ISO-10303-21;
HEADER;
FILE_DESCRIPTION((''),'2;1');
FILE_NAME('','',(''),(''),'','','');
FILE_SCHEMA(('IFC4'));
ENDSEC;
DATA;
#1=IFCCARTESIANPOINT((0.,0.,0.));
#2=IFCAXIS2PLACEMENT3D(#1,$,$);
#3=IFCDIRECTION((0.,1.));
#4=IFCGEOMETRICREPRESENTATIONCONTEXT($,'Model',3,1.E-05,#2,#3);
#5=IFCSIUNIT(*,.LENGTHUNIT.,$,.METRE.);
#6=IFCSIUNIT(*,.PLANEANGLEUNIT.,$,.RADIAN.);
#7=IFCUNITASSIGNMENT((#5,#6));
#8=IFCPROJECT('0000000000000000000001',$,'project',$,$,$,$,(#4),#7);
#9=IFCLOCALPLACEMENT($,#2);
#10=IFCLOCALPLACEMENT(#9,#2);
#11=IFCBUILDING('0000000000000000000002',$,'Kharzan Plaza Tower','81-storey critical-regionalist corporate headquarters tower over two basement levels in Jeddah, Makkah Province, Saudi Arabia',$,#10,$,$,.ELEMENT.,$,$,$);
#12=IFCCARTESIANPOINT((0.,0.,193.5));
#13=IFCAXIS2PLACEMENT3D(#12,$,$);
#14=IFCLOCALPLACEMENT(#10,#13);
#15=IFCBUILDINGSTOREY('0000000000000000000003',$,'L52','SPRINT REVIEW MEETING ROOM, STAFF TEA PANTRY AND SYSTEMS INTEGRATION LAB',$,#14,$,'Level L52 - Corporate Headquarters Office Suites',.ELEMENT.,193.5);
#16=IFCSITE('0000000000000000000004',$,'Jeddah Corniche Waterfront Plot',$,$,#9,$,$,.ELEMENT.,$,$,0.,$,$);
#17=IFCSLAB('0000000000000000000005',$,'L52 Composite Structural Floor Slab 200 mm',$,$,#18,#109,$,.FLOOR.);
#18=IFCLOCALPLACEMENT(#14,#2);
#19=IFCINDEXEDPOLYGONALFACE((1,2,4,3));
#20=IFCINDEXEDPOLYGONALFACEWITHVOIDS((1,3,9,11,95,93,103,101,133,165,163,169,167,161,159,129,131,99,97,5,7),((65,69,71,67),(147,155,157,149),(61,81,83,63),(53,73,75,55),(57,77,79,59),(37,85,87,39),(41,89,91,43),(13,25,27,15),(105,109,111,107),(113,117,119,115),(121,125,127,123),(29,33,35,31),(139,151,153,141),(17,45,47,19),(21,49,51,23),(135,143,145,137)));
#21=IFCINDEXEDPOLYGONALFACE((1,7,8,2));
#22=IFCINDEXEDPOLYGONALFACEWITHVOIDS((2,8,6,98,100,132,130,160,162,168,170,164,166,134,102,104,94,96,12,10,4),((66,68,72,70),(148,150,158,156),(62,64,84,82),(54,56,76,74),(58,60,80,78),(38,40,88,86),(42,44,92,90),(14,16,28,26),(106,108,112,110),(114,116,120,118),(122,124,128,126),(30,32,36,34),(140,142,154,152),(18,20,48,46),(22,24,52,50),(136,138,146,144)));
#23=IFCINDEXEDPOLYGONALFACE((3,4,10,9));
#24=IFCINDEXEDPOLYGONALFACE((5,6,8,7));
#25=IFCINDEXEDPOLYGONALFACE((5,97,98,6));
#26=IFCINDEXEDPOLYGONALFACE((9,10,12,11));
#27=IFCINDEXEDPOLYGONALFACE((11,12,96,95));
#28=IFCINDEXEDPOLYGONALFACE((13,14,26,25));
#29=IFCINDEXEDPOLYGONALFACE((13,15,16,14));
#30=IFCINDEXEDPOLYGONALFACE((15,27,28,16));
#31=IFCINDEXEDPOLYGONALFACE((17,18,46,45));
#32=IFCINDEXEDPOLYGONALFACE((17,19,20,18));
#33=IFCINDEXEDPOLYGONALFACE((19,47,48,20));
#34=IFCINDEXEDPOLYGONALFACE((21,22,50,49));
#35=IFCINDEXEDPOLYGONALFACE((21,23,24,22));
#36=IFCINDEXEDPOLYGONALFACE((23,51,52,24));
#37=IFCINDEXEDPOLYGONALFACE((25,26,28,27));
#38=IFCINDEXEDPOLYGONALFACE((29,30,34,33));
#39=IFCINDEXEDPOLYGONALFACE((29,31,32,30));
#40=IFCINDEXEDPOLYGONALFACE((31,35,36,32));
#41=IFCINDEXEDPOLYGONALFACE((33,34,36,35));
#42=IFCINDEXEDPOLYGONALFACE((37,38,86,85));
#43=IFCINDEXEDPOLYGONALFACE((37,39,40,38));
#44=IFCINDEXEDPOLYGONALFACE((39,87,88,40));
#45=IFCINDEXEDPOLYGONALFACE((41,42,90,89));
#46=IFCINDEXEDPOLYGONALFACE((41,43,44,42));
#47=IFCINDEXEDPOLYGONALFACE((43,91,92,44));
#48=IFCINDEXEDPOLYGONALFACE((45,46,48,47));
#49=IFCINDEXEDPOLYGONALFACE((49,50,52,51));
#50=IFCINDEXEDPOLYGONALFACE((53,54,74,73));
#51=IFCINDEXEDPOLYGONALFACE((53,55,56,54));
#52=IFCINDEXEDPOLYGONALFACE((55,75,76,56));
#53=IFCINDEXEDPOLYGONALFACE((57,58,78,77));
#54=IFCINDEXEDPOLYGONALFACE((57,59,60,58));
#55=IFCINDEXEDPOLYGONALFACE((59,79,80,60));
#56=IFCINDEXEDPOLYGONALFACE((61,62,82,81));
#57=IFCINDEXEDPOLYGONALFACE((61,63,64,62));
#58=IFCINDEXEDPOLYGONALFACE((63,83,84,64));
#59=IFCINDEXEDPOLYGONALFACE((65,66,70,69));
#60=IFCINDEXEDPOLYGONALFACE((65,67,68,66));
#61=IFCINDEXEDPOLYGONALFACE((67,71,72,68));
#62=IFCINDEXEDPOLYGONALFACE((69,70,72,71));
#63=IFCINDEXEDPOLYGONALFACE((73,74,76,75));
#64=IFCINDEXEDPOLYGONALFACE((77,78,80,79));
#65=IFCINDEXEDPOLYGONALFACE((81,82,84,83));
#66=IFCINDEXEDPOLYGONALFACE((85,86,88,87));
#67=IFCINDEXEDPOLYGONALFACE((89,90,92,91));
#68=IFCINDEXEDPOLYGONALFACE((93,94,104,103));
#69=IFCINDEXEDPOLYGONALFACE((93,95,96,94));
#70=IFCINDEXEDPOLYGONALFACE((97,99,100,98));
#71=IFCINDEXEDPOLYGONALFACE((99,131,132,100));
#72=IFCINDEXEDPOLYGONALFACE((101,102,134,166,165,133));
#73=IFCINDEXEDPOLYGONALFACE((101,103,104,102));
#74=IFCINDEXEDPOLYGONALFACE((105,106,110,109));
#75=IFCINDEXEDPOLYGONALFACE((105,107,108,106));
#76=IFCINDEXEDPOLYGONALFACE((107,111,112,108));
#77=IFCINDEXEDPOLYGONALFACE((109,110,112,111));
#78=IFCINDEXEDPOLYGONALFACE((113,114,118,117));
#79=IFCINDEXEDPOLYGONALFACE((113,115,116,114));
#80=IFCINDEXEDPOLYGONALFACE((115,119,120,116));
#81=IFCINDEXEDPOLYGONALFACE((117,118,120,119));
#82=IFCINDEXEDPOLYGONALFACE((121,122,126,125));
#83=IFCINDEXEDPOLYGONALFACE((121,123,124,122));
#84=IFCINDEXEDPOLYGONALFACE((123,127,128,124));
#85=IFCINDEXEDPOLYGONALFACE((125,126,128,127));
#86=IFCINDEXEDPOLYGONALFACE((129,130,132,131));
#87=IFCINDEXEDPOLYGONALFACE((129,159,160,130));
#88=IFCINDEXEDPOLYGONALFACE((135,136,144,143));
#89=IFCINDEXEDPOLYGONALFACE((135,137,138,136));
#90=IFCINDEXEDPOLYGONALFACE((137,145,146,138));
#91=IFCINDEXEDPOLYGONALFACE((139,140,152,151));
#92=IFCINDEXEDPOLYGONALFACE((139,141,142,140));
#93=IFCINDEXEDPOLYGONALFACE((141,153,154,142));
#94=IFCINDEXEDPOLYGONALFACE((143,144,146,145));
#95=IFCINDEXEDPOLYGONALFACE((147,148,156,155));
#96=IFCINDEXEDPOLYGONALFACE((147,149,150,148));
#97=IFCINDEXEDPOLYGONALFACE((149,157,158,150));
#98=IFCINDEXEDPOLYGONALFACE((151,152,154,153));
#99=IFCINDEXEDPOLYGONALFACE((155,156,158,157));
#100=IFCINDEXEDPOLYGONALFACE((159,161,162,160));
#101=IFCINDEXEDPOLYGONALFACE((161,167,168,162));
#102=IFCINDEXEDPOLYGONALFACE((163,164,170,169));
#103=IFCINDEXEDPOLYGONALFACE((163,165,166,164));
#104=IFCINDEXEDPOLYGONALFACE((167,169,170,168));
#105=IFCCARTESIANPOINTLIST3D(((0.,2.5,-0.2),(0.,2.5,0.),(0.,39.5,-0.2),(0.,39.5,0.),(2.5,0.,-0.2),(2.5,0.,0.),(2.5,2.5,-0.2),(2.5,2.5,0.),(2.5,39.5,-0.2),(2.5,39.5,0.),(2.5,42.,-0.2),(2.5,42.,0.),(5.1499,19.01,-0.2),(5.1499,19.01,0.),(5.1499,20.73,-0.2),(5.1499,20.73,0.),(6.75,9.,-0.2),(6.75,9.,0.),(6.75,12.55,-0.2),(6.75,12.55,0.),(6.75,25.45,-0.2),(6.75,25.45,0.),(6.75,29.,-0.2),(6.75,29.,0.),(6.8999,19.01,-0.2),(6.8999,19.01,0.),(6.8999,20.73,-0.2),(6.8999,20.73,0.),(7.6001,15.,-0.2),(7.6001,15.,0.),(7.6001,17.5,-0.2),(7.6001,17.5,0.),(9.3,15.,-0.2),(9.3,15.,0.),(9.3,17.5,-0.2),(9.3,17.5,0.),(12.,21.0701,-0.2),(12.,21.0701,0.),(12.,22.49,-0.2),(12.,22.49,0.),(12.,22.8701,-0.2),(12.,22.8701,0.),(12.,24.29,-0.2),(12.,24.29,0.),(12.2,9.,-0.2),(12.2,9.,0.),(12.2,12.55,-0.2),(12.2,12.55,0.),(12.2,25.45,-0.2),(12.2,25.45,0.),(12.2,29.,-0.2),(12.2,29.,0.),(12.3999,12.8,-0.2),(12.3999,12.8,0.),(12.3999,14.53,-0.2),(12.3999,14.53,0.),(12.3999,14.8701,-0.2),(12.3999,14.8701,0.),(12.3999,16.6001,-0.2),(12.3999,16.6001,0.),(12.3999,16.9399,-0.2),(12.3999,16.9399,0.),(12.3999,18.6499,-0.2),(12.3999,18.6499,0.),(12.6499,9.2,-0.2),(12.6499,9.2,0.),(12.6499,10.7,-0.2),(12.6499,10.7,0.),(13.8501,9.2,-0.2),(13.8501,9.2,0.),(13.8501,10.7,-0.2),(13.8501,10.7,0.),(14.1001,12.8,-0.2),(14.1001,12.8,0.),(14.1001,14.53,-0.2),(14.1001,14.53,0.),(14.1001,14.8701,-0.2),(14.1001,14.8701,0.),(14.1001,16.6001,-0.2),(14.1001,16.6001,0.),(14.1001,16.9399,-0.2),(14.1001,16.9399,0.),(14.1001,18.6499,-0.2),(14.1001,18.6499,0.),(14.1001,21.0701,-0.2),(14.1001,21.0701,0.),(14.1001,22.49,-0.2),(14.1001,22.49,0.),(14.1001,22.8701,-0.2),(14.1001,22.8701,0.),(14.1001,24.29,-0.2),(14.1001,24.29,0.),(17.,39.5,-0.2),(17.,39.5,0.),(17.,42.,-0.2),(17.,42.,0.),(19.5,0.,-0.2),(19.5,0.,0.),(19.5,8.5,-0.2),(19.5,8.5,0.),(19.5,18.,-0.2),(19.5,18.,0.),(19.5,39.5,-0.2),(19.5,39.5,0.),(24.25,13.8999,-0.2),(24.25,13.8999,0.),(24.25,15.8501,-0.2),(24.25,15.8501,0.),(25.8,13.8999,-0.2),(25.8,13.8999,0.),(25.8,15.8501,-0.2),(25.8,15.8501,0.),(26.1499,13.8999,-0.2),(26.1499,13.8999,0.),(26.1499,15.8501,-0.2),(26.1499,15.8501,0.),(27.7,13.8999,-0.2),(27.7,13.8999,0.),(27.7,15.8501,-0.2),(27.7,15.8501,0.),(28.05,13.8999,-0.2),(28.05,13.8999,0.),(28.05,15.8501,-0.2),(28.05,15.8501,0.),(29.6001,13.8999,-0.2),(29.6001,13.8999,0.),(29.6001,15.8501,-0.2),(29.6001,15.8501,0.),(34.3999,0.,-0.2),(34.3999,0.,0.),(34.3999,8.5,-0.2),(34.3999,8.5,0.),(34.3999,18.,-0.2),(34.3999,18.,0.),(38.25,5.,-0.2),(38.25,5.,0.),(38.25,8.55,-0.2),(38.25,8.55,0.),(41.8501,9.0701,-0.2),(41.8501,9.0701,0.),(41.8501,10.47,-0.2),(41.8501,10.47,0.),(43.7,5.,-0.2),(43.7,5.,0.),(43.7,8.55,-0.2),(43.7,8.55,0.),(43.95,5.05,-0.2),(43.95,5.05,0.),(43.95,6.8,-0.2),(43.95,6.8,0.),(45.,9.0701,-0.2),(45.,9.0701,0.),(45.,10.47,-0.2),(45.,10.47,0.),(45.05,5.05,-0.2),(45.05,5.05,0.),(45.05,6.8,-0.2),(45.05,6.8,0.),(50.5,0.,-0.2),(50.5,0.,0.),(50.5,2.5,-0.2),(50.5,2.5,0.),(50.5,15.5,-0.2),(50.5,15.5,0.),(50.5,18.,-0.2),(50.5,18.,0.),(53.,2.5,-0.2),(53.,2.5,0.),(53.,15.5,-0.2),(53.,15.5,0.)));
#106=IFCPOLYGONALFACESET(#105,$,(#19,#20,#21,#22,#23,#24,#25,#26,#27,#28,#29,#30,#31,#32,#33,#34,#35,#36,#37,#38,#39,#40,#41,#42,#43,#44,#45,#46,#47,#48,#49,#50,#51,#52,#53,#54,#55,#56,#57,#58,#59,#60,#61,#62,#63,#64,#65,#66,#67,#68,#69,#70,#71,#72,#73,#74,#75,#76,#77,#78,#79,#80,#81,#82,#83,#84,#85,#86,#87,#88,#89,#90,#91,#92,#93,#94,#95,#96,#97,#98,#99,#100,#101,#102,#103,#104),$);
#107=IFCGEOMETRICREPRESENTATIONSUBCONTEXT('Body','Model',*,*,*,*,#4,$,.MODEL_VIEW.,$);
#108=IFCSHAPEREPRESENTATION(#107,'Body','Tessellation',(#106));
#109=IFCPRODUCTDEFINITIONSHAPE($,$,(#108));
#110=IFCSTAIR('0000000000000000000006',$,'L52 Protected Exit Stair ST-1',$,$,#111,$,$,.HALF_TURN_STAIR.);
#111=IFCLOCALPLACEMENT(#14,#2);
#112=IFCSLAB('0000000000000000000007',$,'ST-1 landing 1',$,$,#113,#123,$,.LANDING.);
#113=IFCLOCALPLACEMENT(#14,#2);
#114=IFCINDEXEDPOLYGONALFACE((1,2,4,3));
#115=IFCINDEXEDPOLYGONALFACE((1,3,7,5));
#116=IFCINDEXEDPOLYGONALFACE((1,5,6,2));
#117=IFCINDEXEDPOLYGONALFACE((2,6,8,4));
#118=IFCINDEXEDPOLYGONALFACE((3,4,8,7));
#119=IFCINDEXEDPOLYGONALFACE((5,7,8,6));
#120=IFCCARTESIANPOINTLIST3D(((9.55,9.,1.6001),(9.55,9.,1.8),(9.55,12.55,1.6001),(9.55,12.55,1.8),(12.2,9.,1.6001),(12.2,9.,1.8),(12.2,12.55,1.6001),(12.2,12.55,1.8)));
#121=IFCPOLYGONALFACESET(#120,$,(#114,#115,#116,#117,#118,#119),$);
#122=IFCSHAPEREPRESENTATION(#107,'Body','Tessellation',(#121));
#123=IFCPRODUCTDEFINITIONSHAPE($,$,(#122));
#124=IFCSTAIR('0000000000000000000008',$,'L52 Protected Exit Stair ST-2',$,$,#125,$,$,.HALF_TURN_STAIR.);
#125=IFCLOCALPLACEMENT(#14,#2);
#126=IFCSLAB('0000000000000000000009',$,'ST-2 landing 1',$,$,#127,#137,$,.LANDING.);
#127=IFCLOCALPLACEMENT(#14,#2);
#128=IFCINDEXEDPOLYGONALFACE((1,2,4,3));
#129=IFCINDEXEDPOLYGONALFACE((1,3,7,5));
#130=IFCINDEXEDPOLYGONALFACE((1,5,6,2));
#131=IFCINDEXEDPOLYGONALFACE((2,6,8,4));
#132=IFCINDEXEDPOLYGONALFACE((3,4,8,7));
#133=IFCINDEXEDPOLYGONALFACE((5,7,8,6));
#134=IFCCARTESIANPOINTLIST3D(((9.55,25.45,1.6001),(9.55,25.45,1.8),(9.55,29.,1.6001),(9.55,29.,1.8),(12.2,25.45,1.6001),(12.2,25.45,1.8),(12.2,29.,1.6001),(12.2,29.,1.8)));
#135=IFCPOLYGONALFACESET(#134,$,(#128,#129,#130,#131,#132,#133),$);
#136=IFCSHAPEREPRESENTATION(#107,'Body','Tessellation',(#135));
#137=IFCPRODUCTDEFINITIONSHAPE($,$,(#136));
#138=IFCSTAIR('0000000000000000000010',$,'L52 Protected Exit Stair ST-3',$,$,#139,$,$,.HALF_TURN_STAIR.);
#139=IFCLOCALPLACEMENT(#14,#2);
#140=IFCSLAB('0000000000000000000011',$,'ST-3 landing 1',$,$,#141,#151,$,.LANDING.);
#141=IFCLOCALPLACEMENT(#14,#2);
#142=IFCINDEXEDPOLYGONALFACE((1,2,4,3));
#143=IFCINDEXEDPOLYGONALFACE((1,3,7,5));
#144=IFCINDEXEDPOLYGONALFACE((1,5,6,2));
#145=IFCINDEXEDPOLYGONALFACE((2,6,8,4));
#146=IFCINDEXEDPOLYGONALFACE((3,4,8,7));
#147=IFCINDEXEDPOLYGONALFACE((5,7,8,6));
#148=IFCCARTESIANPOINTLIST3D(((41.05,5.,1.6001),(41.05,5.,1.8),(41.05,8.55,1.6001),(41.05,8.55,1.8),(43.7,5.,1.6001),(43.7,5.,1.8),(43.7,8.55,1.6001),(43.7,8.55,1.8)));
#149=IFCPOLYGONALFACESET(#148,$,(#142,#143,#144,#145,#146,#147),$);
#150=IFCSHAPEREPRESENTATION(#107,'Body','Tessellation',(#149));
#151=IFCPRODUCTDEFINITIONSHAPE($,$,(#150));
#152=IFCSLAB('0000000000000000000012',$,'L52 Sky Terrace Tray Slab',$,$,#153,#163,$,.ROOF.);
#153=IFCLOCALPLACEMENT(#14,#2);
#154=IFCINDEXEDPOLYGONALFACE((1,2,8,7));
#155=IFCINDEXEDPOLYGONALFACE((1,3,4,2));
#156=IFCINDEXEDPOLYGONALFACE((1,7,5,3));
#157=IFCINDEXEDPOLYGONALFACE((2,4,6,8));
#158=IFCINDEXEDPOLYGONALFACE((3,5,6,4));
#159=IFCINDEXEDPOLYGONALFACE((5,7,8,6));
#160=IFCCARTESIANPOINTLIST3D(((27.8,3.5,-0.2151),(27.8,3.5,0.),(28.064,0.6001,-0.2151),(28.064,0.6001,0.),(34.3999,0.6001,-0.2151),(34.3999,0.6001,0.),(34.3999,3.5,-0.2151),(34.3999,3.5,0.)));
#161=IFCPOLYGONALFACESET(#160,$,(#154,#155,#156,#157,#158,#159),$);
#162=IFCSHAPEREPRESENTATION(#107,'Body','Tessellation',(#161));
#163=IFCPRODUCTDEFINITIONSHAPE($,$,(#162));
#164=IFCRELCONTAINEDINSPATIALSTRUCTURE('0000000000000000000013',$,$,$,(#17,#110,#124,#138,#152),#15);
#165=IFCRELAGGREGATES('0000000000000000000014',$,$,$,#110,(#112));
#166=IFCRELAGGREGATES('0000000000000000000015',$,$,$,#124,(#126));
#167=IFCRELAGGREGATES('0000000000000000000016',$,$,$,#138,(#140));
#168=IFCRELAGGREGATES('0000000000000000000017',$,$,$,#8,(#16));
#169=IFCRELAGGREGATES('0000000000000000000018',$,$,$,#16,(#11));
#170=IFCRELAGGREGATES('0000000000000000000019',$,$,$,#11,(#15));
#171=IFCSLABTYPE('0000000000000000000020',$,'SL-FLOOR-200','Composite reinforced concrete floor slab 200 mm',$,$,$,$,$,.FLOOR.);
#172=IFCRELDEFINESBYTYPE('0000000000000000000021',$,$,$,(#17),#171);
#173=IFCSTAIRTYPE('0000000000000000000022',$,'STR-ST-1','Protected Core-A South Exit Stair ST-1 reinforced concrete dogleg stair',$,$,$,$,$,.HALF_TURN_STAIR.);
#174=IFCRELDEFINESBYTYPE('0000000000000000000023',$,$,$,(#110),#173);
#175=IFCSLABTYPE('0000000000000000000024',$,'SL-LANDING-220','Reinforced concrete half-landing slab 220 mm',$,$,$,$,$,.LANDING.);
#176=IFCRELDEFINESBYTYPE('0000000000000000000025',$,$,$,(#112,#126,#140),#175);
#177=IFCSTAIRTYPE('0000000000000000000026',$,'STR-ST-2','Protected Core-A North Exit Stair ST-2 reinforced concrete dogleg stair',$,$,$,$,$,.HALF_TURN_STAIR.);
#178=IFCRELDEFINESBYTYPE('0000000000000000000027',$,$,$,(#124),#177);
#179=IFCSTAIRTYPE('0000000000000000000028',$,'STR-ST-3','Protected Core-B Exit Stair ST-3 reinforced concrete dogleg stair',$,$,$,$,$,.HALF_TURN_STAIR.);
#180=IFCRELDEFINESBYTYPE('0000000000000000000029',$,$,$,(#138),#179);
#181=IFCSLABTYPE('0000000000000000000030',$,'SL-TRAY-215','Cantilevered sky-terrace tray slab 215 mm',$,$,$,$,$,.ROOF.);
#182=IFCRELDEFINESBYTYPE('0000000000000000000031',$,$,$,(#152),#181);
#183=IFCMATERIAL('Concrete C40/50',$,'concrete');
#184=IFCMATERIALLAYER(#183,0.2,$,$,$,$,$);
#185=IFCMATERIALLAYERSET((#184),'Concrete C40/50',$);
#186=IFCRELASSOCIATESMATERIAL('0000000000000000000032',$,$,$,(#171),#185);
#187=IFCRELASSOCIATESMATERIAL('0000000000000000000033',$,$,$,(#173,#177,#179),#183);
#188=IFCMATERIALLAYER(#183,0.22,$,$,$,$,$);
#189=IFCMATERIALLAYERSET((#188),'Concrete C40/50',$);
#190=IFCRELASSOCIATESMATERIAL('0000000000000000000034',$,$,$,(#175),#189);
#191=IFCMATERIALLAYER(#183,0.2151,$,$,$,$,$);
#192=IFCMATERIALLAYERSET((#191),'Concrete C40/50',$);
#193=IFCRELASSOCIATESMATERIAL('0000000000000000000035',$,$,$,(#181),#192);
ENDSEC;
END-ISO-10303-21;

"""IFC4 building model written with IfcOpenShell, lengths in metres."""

from ifc_helpers import new_model, si_unit, direction, frame, origin, place, context, subcontext, project, spatial, polyline, outline, extrude, material, layer, layer_set, type_object, element, aggregate, save


model = new_model("IFC4")

# Units and contexts
model_context = context("Model", 3, precision=1e-05, world=origin(), true_north=direction((0.0, 1.0)))
body_context = subcontext(model_context, "Body", "Model", "MODEL_VIEW")
ifc_project = project(units=[si_unit("LENGTHUNIT", "METRE"), si_unit("PLANEANGLEUNIT", "RADIAN")], contexts=[model_context])

# Site, building, storey
site_placement = place(None, origin())
site = spatial("IfcSite", under=ifc_project, at=site_placement, Name="Jeddah Corniche Waterfront Plot", CompositionType="ELEMENT", RefElevation=0.0)
building_placement = place(site_placement, origin())
building = spatial("IfcBuilding", under=site, at=building_placement, Name="Kharzan Plaza Tower", Description="81-storey critical-regionalist corporate headquarters tower over two basement levels in Jeddah, Makkah Province, Saudi Arabia", CompositionType="ELEMENT")
storey_placement = place(building_placement, frame((0.0, 0.0, 193.5)))
storey = spatial("IfcBuildingStorey", under=building, at=storey_placement, Name="L52", Description="SPRINT REVIEW MEETING ROOM, STAFF TEA PANTRY AND SYSTEMS INTEGRATION LAB", LongName="Level L52 - Corporate Headquarters Office Suites", CompositionType="ELEMENT", Elevation=193.5)

# Slab
ifc_material_1 = material(Name="Concrete C40/50", Category="concrete")
ifc_layer_1 = layer(ifc_material_1, 0.2)
ifc_layer_set_1 = layer_set([ifc_layer_1], Name="Concrete C40/50")
slab_type_1 = type_object("IfcSlabType", Name="SL-FLOOR-200", Description="Composite reinforced concrete floor slab 200 mm", PredefinedType="FLOOR", material=ifc_layer_set_1)
slab_1_placement = place(storey_placement, frame((0.0, 0.0, -0.2)))
element("IfcSlab", 1, at=slab_1_placement, inside=storey, type_object=slab_type_1, Name="L52 Composite Structural Floor Slab 200 mm", PredefinedType="FLOOR", context=body_context, shape_type="SweptSolid", body=[
    extrude(outline(polyline([(34.3999, 18.0), (19.5, 18.0), (19.5, 39.5), (17.0, 39.5), (17.0, 42.0), (2.5, 42.0), (2.5, 39.5), (0.0, 39.5), (0.0, 2.5), (2.5, 2.5), (2.5, 0.0), (19.5, 0.0), (19.5, 8.5), (34.3999, 8.5), (34.3999, 0.0), (50.5, 0.0), (50.5, 2.5), (53.0, 2.5), (53.0, 15.5), (50.5, 15.5), (50.5, 18.0), (34.3999, 18.0)]), holes=[polyline([(12.2, 9.0), (12.2, 12.55), (6.75, 12.55), (6.75, 9.0), (12.2, 9.0)]), polyline([(14.1001, 12.8), (14.1001, 14.53), (12.3999, 14.53), (12.3999, 12.8), (14.1001, 12.8)]), polyline([(14.1001, 14.8701), (14.1001, 16.6001), (12.3999, 16.6001), (12.3999, 14.8701), (14.1001, 14.8701)]), polyline([(9.3, 15.0), (9.3, 17.5), (7.6001, 17.5), (7.6001, 15.0), (9.3, 15.0)]), polyline([(6.8999, 19.01), (6.8999, 20.73), (5.1499, 20.73), (5.1499, 19.01), (6.8999, 19.01)]), polyline([(14.1001, 21.0701), (14.1001, 22.49), (12.0, 22.49), (12.0, 21.0701), (14.1001, 21.0701)]), polyline([(14.1001, 22.8701), (14.1001, 24.29), (12.0, 24.29), (12.0, 22.8701), (14.1001, 22.8701)]), polyline([(12.2, 25.45), (12.2, 29.0), (6.75, 29.0), (6.75, 25.45), (12.2, 25.45)]), polyline([(45.05, 5.05), (45.05, 6.8), (43.95, 6.8), (43.95, 5.05), (45.05, 5.05)]), polyline([(43.7, 5.0), (43.7, 8.55), (38.25, 8.55), (38.25, 5.0), (43.7, 5.0)]), polyline([(45.0, 9.0701), (45.0, 10.47), (41.8501, 10.47), (41.8501, 9.0701), (45.0, 9.0701)]), polyline([(13.8501, 9.2), (13.8501, 10.7), (12.6499, 10.7), (12.6499, 9.2), (13.8501, 9.2)]), polyline([(25.8, 13.8999), (25.8, 15.8501), (24.25, 15.8501), (24.25, 13.8999), (25.8, 13.8999)]), polyline([(27.7, 13.8999), (27.7, 15.8501), (26.1499, 15.8501), (26.1499, 13.8999), (27.7, 13.8999)]), polyline([(29.6001, 13.8999), (29.6001, 15.8501), (28.05, 15.8501), (28.05, 13.8999), (29.6001, 13.8999)]), polyline([(14.1001, 16.9399), (14.1001, 18.6499), (12.3999, 18.6499), (12.3999, 16.9399), (14.1001, 16.9399)])]), origin(), (0.0, 0.0, 1.0), 0.2),
])

# Stairs, slabs
stair_type_1 = type_object("IfcStairType", Name="STR-ST-1", Description="Protected Core-A South Exit Stair ST-1 reinforced concrete dogleg stair", PredefinedType="HALF_TURN_STAIR", material=ifc_material_1)
stair_1_placement = place(storey_placement, origin())
stair_1 = element("IfcStair", 2, at=stair_1_placement, inside=storey, type_object=stair_type_1, Name="L52 Protected Exit Stair ST-1", PredefinedType="HALF_TURN_STAIR")
ifc_layer_2 = layer(ifc_material_1, 0.22)
ifc_layer_set_2 = layer_set([ifc_layer_2], Name="Concrete C40/50")
slab_type_2 = type_object("IfcSlabType", Name="SL-LANDING-220", Description="Reinforced concrete half-landing slab 220 mm", PredefinedType="LANDING", material=ifc_layer_set_2)
slab_2_placement = place(storey_placement, frame((0.0, 0.0, 1.6001)))
slab_2 = element("IfcSlab", 3, at=slab_2_placement, type_object=slab_type_2, Name="ST-1 landing 1", PredefinedType="LANDING", context=body_context, shape_type="SweptSolid", body=[
    extrude(outline(polyline([(9.55, 9.0), (12.2, 9.0), (12.2, 12.55), (9.55, 12.55), (9.55, 9.0)])), origin(), (0.0, 0.0, 1.0), 0.2),
])
aggregate(stair_1, [slab_2])
stair_type_2 = type_object("IfcStairType", Name="STR-ST-2", Description="Protected Core-A North Exit Stair ST-2 reinforced concrete dogleg stair", PredefinedType="HALF_TURN_STAIR", material=ifc_material_1)
stair_2_placement = place(storey_placement, origin())
stair_2 = element("IfcStair", 4, at=stair_2_placement, inside=storey, type_object=stair_type_2, Name="L52 Protected Exit Stair ST-2", PredefinedType="HALF_TURN_STAIR")
slab_3_placement = place(storey_placement, frame((0.0, 0.0, 1.6001)))
slab_3 = element("IfcSlab", 5, at=slab_3_placement, type_object=slab_type_2, Name="ST-2 landing 1", PredefinedType="LANDING", context=body_context, shape_type="SweptSolid", body=[
    extrude(outline(polyline([(9.55, 25.45), (12.2, 25.45), (12.2, 29.0), (9.55, 29.0), (9.55, 25.45)])), origin(), (0.0, 0.0, 1.0), 0.2),
])
aggregate(stair_2, [slab_3])
stair_type_3 = type_object("IfcStairType", Name="STR-ST-3", Description="Protected Core-B Exit Stair ST-3 reinforced concrete dogleg stair", PredefinedType="HALF_TURN_STAIR", material=ifc_material_1)
stair_3_placement = place(storey_placement, origin())
stair_3 = element("IfcStair", 6, at=stair_3_placement, inside=storey, type_object=stair_type_3, Name="L52 Protected Exit Stair ST-3", PredefinedType="HALF_TURN_STAIR")
slab_4_placement = place(storey_placement, frame((0.0, 0.0, 1.6001)))
slab_4 = element("IfcSlab", 7, at=slab_4_placement, type_object=slab_type_2, Name="ST-3 landing 1", PredefinedType="LANDING", context=body_context, shape_type="SweptSolid", body=[
    extrude(outline(polyline([(41.05, 5.0), (43.7, 5.0), (43.7, 8.55), (41.05, 8.55), (41.05, 5.0)])), origin(), (0.0, 0.0, 1.0), 0.2),
])
aggregate(stair_3, [slab_4])

# Slab
ifc_layer_3 = layer(ifc_material_1, 0.2151)
ifc_layer_set_3 = layer_set([ifc_layer_3], Name="Concrete C40/50")
slab_type_3 = type_object("IfcSlabType", Name="SL-TRAY-215", Description="Cantilevered sky-terrace tray slab 215 mm", PredefinedType="ROOF", material=ifc_layer_set_3)
slab_5_placement = place(storey_placement, frame((0.0, 0.0, -0.2151)))
element("IfcSlab", 8, at=slab_5_placement, inside=storey, type_object=slab_type_3, Name="L52 Sky Terrace Tray Slab", PredefinedType="ROOF", context=body_context, shape_type="SweptSolid", body=[
    extrude(outline(polyline([(28.064, 0.6001), (34.3999, 0.6001), (34.3999, 3.5), (27.8, 3.5), (28.064, 0.6001)])), origin(), (0.0, 0.0, 1.0), 0.2151),
])

save(model, "model.ifc")
